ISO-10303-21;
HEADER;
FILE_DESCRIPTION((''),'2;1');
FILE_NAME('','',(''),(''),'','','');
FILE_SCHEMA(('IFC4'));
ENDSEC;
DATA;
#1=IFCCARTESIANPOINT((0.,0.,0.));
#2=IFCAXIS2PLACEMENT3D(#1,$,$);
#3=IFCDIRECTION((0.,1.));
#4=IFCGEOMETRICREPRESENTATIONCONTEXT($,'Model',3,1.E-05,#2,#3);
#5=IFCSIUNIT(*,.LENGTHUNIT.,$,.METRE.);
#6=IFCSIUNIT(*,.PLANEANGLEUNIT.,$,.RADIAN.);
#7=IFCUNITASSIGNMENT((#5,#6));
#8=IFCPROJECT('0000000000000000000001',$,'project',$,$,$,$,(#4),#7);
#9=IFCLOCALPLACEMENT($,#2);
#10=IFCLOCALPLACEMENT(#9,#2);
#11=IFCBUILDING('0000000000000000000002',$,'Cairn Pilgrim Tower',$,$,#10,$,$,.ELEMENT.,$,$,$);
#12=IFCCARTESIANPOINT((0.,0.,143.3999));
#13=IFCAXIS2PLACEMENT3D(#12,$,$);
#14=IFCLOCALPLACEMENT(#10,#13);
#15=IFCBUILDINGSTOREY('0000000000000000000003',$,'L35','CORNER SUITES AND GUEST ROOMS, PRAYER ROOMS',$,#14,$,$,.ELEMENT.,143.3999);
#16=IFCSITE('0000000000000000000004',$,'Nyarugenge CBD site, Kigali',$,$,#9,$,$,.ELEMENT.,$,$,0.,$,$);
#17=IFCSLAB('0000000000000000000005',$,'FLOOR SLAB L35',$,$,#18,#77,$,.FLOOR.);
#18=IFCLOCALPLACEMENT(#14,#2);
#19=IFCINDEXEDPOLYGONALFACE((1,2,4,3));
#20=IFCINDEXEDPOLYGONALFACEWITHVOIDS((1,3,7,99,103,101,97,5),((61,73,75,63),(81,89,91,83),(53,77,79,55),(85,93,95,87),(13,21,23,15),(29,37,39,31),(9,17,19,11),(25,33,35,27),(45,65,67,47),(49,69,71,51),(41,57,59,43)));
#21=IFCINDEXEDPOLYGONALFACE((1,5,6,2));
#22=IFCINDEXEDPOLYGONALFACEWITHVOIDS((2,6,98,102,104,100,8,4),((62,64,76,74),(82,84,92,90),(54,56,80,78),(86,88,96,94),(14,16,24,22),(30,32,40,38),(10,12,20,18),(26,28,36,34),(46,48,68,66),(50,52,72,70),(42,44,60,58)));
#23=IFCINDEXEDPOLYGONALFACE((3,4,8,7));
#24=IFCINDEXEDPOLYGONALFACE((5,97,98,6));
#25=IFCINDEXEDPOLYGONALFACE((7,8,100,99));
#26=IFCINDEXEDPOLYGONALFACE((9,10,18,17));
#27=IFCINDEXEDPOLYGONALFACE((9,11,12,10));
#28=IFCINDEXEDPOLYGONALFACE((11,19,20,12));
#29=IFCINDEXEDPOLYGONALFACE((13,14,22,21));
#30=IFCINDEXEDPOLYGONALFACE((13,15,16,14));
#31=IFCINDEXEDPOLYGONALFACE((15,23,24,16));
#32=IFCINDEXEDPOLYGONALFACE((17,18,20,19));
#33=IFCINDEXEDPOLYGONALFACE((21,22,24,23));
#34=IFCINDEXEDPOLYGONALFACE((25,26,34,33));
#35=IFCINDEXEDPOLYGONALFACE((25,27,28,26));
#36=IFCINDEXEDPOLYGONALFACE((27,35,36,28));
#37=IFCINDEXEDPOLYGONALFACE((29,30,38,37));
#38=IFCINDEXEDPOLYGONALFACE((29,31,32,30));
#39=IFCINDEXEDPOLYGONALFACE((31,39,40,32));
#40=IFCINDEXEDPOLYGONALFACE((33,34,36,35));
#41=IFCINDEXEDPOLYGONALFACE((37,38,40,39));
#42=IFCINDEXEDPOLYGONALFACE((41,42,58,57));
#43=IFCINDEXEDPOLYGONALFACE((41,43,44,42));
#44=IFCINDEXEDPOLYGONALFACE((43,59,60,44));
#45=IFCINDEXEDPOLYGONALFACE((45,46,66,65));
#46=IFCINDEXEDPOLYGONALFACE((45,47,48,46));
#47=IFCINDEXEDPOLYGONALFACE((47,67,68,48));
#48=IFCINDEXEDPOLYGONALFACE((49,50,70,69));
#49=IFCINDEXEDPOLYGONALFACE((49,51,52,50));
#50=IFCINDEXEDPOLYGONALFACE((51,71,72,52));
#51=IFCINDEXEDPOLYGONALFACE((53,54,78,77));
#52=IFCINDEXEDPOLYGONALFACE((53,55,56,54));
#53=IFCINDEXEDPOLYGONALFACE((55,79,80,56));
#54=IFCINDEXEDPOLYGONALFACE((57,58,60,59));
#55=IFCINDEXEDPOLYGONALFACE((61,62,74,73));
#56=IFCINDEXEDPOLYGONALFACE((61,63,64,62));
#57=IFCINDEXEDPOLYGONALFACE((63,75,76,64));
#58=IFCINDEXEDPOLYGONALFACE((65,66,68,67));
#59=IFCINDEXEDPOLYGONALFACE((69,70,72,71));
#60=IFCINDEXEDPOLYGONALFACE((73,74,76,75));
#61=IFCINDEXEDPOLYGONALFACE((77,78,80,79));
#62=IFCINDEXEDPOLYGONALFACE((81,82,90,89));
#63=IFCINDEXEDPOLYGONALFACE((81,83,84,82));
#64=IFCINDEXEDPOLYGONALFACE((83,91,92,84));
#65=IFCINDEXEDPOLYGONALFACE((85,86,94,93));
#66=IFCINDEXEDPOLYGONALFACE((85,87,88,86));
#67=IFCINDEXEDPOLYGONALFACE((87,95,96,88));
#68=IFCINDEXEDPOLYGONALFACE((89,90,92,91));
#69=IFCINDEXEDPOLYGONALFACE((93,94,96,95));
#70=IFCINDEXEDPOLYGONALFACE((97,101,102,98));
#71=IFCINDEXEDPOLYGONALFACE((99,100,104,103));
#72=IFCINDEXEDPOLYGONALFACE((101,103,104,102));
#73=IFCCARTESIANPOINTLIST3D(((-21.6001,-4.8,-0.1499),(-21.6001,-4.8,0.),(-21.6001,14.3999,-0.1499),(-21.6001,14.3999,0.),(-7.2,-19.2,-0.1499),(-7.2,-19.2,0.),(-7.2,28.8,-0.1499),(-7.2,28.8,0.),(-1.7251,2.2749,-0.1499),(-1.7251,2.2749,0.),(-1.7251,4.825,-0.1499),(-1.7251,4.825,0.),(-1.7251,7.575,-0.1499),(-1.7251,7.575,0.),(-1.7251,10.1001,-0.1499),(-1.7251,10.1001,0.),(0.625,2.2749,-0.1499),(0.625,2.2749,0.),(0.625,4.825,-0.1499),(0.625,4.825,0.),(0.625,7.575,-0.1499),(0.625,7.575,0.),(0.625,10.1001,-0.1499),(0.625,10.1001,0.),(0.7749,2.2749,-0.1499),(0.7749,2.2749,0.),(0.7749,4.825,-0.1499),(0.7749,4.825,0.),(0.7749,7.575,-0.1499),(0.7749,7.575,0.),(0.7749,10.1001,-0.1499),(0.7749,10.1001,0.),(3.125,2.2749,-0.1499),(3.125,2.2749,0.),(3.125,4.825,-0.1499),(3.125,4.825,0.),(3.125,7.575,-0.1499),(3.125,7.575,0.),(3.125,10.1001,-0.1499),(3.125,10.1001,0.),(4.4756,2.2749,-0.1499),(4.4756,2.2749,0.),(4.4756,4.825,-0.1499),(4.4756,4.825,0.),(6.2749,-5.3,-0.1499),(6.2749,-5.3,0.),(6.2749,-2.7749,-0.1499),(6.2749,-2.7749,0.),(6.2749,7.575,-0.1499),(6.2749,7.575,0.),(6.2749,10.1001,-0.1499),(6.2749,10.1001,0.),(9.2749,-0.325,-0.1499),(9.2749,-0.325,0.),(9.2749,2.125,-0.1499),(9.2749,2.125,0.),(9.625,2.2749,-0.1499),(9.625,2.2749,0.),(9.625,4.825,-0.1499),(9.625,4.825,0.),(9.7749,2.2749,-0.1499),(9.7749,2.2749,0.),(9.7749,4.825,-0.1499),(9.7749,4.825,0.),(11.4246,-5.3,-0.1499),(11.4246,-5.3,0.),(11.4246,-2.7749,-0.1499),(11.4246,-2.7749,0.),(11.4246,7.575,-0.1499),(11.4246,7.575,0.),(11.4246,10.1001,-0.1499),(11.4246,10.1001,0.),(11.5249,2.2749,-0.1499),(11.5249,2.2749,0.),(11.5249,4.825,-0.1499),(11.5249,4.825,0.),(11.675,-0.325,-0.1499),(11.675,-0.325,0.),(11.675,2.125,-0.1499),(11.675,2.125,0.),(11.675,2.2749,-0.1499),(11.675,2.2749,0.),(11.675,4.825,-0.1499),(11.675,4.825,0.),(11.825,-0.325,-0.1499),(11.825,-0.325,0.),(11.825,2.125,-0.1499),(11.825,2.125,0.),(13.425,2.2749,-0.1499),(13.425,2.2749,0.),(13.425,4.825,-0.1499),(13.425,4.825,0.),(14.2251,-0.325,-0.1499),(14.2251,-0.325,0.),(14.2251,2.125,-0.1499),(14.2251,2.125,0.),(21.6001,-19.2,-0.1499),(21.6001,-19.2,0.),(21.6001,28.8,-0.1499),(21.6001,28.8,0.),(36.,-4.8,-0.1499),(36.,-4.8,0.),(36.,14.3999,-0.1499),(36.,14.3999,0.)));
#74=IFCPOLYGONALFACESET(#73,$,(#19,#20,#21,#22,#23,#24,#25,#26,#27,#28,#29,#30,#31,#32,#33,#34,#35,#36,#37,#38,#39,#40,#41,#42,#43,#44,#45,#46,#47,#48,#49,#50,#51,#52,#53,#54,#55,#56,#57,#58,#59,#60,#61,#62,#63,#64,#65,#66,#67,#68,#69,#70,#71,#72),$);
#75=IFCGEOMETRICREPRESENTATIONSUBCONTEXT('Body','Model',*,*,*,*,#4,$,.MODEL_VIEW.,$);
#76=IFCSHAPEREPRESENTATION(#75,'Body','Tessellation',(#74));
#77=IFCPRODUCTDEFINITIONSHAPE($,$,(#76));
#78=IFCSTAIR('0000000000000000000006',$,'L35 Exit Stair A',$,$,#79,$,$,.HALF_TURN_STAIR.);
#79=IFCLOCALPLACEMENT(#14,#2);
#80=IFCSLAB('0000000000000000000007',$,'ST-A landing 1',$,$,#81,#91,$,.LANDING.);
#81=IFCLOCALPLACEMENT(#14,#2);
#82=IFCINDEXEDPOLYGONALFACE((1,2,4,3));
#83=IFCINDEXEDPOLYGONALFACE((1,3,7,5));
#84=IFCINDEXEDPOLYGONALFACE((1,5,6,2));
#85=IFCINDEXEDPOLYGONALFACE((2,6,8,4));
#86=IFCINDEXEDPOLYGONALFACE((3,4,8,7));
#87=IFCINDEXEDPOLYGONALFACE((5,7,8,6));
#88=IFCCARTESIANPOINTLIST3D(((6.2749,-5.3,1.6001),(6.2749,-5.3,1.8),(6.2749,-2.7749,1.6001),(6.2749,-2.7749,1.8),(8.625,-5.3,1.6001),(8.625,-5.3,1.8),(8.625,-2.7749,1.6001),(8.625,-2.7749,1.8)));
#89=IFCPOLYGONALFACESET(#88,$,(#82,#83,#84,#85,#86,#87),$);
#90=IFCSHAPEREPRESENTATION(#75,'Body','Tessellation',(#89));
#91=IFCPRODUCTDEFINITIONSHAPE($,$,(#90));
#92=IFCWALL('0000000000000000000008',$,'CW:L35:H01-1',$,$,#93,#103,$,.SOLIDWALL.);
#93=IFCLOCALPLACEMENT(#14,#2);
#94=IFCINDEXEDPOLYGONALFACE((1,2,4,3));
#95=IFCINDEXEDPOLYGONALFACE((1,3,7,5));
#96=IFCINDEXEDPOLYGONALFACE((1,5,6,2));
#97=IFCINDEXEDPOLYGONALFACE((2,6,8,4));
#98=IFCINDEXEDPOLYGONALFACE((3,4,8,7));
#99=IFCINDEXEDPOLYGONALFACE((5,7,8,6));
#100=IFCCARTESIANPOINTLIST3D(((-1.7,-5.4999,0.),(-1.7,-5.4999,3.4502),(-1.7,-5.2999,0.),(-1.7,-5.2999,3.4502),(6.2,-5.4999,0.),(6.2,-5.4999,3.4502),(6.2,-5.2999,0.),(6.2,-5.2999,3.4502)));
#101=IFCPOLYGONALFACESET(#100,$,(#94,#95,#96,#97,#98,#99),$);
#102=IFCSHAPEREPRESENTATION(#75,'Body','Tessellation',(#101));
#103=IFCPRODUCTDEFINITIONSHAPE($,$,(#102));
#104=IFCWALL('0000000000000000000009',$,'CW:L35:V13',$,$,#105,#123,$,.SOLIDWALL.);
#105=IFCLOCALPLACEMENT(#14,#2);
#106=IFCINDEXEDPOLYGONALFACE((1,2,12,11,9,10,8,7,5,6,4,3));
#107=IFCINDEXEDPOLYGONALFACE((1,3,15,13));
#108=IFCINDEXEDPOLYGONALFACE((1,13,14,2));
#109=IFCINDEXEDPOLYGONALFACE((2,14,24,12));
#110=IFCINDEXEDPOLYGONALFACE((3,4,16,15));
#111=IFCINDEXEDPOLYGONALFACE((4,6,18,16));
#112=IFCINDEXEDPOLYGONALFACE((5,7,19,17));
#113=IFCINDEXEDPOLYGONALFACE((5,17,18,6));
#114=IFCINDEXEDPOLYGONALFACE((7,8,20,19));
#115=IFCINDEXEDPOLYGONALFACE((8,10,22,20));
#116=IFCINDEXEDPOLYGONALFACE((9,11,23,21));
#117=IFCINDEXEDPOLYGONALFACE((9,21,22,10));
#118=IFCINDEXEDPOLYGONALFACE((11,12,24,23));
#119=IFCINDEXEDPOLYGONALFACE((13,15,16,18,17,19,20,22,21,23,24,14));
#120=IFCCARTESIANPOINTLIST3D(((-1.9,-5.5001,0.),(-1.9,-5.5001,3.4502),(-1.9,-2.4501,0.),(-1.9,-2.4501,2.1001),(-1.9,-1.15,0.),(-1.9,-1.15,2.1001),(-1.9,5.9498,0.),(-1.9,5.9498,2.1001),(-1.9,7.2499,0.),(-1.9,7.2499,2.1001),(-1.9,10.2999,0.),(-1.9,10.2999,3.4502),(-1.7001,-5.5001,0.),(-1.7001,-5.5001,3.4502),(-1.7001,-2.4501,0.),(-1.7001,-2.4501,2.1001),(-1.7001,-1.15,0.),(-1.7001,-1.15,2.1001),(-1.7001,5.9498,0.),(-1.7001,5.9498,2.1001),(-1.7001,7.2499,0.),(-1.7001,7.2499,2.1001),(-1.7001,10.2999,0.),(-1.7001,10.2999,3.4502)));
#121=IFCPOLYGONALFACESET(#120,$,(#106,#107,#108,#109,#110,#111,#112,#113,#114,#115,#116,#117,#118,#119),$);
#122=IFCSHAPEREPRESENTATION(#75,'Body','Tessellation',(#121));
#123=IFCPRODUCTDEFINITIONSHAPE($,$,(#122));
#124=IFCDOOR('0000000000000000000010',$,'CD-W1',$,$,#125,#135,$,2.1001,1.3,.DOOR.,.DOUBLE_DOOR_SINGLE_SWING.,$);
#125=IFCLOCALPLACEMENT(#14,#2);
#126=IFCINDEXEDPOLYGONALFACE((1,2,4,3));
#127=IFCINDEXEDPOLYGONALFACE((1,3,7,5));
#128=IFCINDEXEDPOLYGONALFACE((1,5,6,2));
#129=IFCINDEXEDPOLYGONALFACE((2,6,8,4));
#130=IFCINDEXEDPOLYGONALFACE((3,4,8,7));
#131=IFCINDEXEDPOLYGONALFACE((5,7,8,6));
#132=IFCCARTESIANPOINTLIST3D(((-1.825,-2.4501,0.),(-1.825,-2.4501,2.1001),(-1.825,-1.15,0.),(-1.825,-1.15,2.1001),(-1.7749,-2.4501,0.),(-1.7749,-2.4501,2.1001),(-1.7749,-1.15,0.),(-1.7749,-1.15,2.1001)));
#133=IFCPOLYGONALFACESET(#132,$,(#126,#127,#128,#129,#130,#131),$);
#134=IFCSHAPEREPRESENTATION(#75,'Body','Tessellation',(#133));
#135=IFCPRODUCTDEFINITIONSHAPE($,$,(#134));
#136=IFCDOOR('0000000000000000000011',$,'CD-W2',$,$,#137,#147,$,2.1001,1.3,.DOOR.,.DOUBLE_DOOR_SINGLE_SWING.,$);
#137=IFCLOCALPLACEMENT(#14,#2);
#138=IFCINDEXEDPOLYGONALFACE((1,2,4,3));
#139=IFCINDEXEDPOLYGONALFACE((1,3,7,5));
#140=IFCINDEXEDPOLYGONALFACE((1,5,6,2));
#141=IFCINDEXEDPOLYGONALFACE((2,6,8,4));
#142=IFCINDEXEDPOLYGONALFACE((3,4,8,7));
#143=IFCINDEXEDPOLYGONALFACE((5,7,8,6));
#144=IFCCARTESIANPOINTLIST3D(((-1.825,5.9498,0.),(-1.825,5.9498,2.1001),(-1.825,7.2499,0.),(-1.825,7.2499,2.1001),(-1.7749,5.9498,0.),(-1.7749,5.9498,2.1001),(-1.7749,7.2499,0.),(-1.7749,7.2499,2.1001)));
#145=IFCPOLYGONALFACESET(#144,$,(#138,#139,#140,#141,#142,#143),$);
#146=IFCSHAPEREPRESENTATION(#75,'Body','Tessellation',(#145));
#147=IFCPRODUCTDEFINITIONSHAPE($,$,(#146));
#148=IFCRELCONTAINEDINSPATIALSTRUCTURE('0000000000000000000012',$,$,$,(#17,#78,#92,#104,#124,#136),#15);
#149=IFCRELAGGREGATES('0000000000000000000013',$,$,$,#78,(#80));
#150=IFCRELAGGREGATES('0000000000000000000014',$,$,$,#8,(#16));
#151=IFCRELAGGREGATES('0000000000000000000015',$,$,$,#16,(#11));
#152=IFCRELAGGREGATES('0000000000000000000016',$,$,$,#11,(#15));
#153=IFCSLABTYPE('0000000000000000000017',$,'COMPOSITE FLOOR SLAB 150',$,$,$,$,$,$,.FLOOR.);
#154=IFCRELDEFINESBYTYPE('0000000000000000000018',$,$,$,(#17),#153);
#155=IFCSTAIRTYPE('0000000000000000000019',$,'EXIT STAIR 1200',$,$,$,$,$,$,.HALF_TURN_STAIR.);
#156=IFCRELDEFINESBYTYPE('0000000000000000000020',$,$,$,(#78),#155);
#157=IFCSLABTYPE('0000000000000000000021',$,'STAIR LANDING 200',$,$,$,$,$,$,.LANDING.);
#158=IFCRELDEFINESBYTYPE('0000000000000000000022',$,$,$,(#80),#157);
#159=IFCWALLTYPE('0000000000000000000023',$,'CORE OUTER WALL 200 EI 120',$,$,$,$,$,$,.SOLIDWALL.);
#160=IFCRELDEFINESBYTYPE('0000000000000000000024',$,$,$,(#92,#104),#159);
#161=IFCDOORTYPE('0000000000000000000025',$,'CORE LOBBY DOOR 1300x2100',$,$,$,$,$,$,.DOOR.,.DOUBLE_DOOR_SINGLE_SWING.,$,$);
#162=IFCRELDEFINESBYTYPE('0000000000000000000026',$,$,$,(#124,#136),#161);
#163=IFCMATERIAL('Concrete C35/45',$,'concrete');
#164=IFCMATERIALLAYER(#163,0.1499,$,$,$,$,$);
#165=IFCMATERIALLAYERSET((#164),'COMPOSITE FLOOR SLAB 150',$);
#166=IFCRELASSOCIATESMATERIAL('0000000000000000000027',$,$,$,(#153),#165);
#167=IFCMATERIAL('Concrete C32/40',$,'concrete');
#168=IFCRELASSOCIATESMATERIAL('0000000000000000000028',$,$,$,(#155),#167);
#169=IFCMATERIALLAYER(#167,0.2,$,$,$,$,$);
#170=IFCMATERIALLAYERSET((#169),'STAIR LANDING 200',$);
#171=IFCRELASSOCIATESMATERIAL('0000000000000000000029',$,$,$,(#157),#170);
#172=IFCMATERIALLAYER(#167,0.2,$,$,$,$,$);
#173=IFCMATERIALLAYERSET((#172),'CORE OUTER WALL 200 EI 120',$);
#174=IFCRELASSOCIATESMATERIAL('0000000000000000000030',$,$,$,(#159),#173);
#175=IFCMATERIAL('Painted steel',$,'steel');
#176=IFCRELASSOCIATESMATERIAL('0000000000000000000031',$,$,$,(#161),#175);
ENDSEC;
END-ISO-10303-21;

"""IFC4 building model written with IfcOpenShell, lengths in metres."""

from ifc_helpers import new_model, si_unit, direction, frame, frame_2d, origin, place, context, subcontext, project, spatial, polyline, rectangle, outline, extrude, material, layer, layer_set, type_object, element, fill, aggregate, save


model = new_model("IFC4")

# Units and contexts
model_context = context("Model", 3, precision=1e-05, world=origin(), true_north=direction((0.0, 1.0)))
body_context = subcontext(model_context, "Body", "Model", "MODEL_VIEW")
ifc_project = project(units=[si_unit("LENGTHUNIT", "METRE"), si_unit("PLANEANGLEUNIT", "RADIAN")], contexts=[model_context])

# Site, building, storey
site_placement = place(None, origin())
site = spatial("IfcSite", under=ifc_project, at=site_placement, Name="Nyarugenge CBD site, Kigali", CompositionType="ELEMENT", RefElevation=0.0)
building_placement = place(site_placement, origin())
building = spatial("IfcBuilding", under=site, at=building_placement, Name="Cairn Pilgrim Tower", CompositionType="ELEMENT")
storey_placement = place(building_placement, frame((0.0, 0.0, 143.3999)))
storey = spatial("IfcBuildingStorey", under=building, at=storey_placement, Name="L35", Description="CORNER SUITES AND GUEST ROOMS, PRAYER ROOMS", CompositionType="ELEMENT", Elevation=143.3999)

# Slab
ifc_material_1 = material(Name="Concrete C35/45", Category="concrete")
ifc_layer_1 = layer(ifc_material_1, 0.1499)
ifc_layer_set_1 = layer_set([ifc_layer_1], Name="COMPOSITE FLOOR SLAB 150")
slab_type_1 = type_object("IfcSlabType", Name="COMPOSITE FLOOR SLAB 150", PredefinedType="FLOOR", material=ifc_layer_set_1)
slab_1_placement = place(storey_placement, frame((0.0, 0.0, -0.1499)))
element("IfcSlab", 1, at=slab_1_placement, inside=storey, type_object=slab_type_1, Name="FLOOR SLAB L35", PredefinedType="FLOOR", context=body_context, shape_type="SweptSolid", body=[
    extrude(outline(polyline([(-7.2, -19.2), (21.6001, -19.2), (36.0, -4.8), (36.0, 14.3999), (21.6001, 28.8), (-7.2, 28.8), (-21.6001, 14.3999), (-21.6001, -4.8), (-7.2, -19.2)]), holes=[polyline([(9.2749, -0.325), (11.675, -0.325), (11.675, 2.125), (9.2749, 2.125), (9.2749, -0.325)]), polyline([(11.825, -0.325), (14.2251, -0.325), (14.2251, 2.125), (11.825, 2.125), (11.825, -0.325)]), polyline([(-1.7251, 2.2749), (0.625, 2.2749), (0.625, 4.825), (-1.7251, 4.825), (-1.7251, 2.2749)]), polyline([(0.7749, 2.2749), (3.125, 2.2749), (3.125, 4.825), (0.7749, 4.825), (0.7749, 2.2749)]), polyline([(-1.7251, 7.575), (0.625, 7.575), (0.625, 10.1001), (-1.7251, 10.1001), (-1.7251, 7.575)]), polyline([(0.7749, 7.575), (3.125, 7.575), (3.125, 10.1001), (0.7749, 10.1001), (0.7749, 7.575)]), polyline([(9.7749, 2.2749), (11.5249, 2.2749), (11.5249, 4.825), (9.7749, 4.825), (9.7749, 2.2749)]), polyline([(11.675, 2.2749), (13.425, 2.2749), (13.425, 4.825), (11.675, 4.825), (11.675, 2.2749)]), polyline([(11.4246, -2.7749), (6.2749, -2.7749), (6.2749, -5.3), (11.4246, -5.3), (11.4246, -2.7749)]), polyline([(4.4756, 2.2749), (9.625, 2.2749), (9.625, 4.825), (4.4756, 4.825), (4.4756, 2.2749)]), polyline([(11.4246, 10.1001), (6.2749, 10.1001), (6.2749, 7.575), (11.4246, 7.575), (11.4246, 10.1001)])]), origin(), (0.0, 0.0, 1.0), 0.1499),
])

# Stair, slab
ifc_material_2 = material(Name="Concrete C32/40", Category="concrete")
stair_type = type_object("IfcStairType", Name="EXIT STAIR 1200", PredefinedType="HALF_TURN_STAIR", material=ifc_material_2)
stair_placement = place(storey_placement, origin())
stair = element("IfcStair", 2, at=stair_placement, inside=storey, type_object=stair_type, Name="L35 Exit Stair A", PredefinedType="HALF_TURN_STAIR")
ifc_layer_2 = layer(ifc_material_2, 0.2)
ifc_layer_set_2 = layer_set([ifc_layer_2], Name="STAIR LANDING 200")
slab_type_2 = type_object("IfcSlabType", Name="STAIR LANDING 200", PredefinedType="LANDING", material=ifc_layer_set_2)
slab_2_placement = place(storey_placement, frame((0.0, 0.0, 1.6001)))
slab_2 = element("IfcSlab", 3, at=slab_2_placement, type_object=slab_type_2, Name="ST-A landing 1", PredefinedType="LANDING", context=body_context, shape_type="SweptSolid", body=[
    extrude(outline(polyline([(8.625, -2.7749), (6.2749, -2.7749), (6.2749, -5.3), (8.625, -5.3), (8.625, -2.7749)])), origin(), (0.0, 0.0, 1.0), 0.2),
])
aggregate(stair, [slab_2])

# Wall
ifc_layer_3 = layer(ifc_material_2, 0.2)
ifc_layer_set_3 = layer_set([ifc_layer_3], Name="CORE OUTER WALL 200 EI 120")
wall_type_1 = type_object("IfcWallType", Name="CORE OUTER WALL 200 EI 120", PredefinedType="SOLIDWALL", material=ifc_layer_set_3)
wall_1_placement = place(storey_placement, frame((-1.7, -5.3999, 0.0), z_axis=(0.0, 0.0, 1.0), x_axis=(1.0, 0.0, 0.0)))
element("IfcWall", 4, at=wall_1_placement, inside=storey, type_object=wall_type_1, Name="CW:L35:H01-1", PredefinedType="SOLIDWALL", context=body_context, shape_type="SweptSolid", body=[
    extrude(rectangle(XDim=7.8999, YDim=0.2, at=frame_2d((3.95, 0.0))), origin(), (0.0, 0.0, 1.0), 3.4502),
])

# Wall, openings, doors
wall_2_placement = place(storey_placement, frame((-1.8, -5.5, 0.0), z_axis=(0.0, 0.0, 1.0), x_axis=(0.0, 1.0, 0.0)))
wall_2 = element("IfcWall", 5, at=wall_2_placement, inside=storey, type_object=wall_type_1, Name="CW:L35:V13", PredefinedType="SOLIDWALL", context=body_context, shape_type="SweptSolid", body=[
    extrude(rectangle(XDim=15.8, YDim=0.2, at=frame_2d((7.8999, 0.0))), origin(), (0.0, 0.0, 1.0), 3.4502),
])
opening_1_placement = place(wall_2_placement, frame((3.05, 0.0, 0.0)))
opening_1 = element("IfcOpeningElement", 6, at=opening_1_placement, cuts=wall_2, PredefinedType="OPENING", context=body_context, shape_type="SweptSolid", body=[
    extrude(rectangle(XDim=1.3, YDim=2.1001, at=frame_2d((0.6499, 1.05))), frame((0.0, 0.1099, 0.0), z_axis=(0.0, -1.0, 0.0), x_axis=(1.0, 0.0, 0.0)), (0.0, 0.0, 1.0), 0.22),
])
opening_2_placement = place(wall_2_placement, frame((11.45, 0.0, 0.0)))
opening_2 = element("IfcOpeningElement", 7, at=opening_2_placement, cuts=wall_2, PredefinedType="OPENING", context=body_context, shape_type="SweptSolid", body=[
    extrude(rectangle(XDim=1.3, YDim=2.1001, at=frame_2d((0.6499, 1.05))), frame((0.0, 0.1099, 0.0), z_axis=(0.0, -1.0, 0.0), x_axis=(1.0, 0.0, 0.0)), (0.0, 0.0, 1.0), 0.22),
])
ifc_material_3 = material(Name="Painted steel", Category="steel")
door_type_1 = type_object("IfcDoorType", Name="CORE LOBBY DOOR 1300x2100", OperationType="DOUBLE_DOOR_SINGLE_SWING", PredefinedType="DOOR", material=ifc_material_3)
door_1_placement = place(opening_1_placement, origin())
door_1 = element("IfcDoor", 8, at=door_1_placement, inside=storey, type_object=door_type_1, Name="CD-W1", OperationType="DOUBLE_DOOR_SINGLE_SWING", OverallHeight=2.1001, OverallWidth=1.3, PredefinedType="DOOR", context=body_context, shape_type="SweptSolid", body=[
    extrude(rectangle(XDim=1.3, YDim=2.1001, at=frame_2d((0.6499, 1.05))), frame((0.0, 0.0249, 0.0), z_axis=(0.0, -1.0, 0.0), x_axis=(1.0, 0.0, 0.0)), (0.0, 0.0, 1.0), 0.05),
])
fill(opening_1, door_1)
door_2_placement = place(opening_2_placement, origin())
door_2 = element("IfcDoor", 9, at=door_2_placement, inside=storey, type_object=door_type_1, Name="CD-W2", OperationType="DOUBLE_DOOR_SINGLE_SWING", OverallHeight=2.1001, OverallWidth=1.3, PredefinedType="DOOR", context=body_context, shape_type="SweptSolid", body=[
    extrude(rectangle(XDim=1.3, YDim=2.1001, at=frame_2d((0.6499, 1.05))), frame((0.0, 0.0249, 0.0), z_axis=(0.0, -1.0, 0.0), x_axis=(1.0, 0.0, 0.0)), (0.0, 0.0, 1.0), 0.05),
])
fill(opening_2, door_2)

save(model, "model.ifc")
